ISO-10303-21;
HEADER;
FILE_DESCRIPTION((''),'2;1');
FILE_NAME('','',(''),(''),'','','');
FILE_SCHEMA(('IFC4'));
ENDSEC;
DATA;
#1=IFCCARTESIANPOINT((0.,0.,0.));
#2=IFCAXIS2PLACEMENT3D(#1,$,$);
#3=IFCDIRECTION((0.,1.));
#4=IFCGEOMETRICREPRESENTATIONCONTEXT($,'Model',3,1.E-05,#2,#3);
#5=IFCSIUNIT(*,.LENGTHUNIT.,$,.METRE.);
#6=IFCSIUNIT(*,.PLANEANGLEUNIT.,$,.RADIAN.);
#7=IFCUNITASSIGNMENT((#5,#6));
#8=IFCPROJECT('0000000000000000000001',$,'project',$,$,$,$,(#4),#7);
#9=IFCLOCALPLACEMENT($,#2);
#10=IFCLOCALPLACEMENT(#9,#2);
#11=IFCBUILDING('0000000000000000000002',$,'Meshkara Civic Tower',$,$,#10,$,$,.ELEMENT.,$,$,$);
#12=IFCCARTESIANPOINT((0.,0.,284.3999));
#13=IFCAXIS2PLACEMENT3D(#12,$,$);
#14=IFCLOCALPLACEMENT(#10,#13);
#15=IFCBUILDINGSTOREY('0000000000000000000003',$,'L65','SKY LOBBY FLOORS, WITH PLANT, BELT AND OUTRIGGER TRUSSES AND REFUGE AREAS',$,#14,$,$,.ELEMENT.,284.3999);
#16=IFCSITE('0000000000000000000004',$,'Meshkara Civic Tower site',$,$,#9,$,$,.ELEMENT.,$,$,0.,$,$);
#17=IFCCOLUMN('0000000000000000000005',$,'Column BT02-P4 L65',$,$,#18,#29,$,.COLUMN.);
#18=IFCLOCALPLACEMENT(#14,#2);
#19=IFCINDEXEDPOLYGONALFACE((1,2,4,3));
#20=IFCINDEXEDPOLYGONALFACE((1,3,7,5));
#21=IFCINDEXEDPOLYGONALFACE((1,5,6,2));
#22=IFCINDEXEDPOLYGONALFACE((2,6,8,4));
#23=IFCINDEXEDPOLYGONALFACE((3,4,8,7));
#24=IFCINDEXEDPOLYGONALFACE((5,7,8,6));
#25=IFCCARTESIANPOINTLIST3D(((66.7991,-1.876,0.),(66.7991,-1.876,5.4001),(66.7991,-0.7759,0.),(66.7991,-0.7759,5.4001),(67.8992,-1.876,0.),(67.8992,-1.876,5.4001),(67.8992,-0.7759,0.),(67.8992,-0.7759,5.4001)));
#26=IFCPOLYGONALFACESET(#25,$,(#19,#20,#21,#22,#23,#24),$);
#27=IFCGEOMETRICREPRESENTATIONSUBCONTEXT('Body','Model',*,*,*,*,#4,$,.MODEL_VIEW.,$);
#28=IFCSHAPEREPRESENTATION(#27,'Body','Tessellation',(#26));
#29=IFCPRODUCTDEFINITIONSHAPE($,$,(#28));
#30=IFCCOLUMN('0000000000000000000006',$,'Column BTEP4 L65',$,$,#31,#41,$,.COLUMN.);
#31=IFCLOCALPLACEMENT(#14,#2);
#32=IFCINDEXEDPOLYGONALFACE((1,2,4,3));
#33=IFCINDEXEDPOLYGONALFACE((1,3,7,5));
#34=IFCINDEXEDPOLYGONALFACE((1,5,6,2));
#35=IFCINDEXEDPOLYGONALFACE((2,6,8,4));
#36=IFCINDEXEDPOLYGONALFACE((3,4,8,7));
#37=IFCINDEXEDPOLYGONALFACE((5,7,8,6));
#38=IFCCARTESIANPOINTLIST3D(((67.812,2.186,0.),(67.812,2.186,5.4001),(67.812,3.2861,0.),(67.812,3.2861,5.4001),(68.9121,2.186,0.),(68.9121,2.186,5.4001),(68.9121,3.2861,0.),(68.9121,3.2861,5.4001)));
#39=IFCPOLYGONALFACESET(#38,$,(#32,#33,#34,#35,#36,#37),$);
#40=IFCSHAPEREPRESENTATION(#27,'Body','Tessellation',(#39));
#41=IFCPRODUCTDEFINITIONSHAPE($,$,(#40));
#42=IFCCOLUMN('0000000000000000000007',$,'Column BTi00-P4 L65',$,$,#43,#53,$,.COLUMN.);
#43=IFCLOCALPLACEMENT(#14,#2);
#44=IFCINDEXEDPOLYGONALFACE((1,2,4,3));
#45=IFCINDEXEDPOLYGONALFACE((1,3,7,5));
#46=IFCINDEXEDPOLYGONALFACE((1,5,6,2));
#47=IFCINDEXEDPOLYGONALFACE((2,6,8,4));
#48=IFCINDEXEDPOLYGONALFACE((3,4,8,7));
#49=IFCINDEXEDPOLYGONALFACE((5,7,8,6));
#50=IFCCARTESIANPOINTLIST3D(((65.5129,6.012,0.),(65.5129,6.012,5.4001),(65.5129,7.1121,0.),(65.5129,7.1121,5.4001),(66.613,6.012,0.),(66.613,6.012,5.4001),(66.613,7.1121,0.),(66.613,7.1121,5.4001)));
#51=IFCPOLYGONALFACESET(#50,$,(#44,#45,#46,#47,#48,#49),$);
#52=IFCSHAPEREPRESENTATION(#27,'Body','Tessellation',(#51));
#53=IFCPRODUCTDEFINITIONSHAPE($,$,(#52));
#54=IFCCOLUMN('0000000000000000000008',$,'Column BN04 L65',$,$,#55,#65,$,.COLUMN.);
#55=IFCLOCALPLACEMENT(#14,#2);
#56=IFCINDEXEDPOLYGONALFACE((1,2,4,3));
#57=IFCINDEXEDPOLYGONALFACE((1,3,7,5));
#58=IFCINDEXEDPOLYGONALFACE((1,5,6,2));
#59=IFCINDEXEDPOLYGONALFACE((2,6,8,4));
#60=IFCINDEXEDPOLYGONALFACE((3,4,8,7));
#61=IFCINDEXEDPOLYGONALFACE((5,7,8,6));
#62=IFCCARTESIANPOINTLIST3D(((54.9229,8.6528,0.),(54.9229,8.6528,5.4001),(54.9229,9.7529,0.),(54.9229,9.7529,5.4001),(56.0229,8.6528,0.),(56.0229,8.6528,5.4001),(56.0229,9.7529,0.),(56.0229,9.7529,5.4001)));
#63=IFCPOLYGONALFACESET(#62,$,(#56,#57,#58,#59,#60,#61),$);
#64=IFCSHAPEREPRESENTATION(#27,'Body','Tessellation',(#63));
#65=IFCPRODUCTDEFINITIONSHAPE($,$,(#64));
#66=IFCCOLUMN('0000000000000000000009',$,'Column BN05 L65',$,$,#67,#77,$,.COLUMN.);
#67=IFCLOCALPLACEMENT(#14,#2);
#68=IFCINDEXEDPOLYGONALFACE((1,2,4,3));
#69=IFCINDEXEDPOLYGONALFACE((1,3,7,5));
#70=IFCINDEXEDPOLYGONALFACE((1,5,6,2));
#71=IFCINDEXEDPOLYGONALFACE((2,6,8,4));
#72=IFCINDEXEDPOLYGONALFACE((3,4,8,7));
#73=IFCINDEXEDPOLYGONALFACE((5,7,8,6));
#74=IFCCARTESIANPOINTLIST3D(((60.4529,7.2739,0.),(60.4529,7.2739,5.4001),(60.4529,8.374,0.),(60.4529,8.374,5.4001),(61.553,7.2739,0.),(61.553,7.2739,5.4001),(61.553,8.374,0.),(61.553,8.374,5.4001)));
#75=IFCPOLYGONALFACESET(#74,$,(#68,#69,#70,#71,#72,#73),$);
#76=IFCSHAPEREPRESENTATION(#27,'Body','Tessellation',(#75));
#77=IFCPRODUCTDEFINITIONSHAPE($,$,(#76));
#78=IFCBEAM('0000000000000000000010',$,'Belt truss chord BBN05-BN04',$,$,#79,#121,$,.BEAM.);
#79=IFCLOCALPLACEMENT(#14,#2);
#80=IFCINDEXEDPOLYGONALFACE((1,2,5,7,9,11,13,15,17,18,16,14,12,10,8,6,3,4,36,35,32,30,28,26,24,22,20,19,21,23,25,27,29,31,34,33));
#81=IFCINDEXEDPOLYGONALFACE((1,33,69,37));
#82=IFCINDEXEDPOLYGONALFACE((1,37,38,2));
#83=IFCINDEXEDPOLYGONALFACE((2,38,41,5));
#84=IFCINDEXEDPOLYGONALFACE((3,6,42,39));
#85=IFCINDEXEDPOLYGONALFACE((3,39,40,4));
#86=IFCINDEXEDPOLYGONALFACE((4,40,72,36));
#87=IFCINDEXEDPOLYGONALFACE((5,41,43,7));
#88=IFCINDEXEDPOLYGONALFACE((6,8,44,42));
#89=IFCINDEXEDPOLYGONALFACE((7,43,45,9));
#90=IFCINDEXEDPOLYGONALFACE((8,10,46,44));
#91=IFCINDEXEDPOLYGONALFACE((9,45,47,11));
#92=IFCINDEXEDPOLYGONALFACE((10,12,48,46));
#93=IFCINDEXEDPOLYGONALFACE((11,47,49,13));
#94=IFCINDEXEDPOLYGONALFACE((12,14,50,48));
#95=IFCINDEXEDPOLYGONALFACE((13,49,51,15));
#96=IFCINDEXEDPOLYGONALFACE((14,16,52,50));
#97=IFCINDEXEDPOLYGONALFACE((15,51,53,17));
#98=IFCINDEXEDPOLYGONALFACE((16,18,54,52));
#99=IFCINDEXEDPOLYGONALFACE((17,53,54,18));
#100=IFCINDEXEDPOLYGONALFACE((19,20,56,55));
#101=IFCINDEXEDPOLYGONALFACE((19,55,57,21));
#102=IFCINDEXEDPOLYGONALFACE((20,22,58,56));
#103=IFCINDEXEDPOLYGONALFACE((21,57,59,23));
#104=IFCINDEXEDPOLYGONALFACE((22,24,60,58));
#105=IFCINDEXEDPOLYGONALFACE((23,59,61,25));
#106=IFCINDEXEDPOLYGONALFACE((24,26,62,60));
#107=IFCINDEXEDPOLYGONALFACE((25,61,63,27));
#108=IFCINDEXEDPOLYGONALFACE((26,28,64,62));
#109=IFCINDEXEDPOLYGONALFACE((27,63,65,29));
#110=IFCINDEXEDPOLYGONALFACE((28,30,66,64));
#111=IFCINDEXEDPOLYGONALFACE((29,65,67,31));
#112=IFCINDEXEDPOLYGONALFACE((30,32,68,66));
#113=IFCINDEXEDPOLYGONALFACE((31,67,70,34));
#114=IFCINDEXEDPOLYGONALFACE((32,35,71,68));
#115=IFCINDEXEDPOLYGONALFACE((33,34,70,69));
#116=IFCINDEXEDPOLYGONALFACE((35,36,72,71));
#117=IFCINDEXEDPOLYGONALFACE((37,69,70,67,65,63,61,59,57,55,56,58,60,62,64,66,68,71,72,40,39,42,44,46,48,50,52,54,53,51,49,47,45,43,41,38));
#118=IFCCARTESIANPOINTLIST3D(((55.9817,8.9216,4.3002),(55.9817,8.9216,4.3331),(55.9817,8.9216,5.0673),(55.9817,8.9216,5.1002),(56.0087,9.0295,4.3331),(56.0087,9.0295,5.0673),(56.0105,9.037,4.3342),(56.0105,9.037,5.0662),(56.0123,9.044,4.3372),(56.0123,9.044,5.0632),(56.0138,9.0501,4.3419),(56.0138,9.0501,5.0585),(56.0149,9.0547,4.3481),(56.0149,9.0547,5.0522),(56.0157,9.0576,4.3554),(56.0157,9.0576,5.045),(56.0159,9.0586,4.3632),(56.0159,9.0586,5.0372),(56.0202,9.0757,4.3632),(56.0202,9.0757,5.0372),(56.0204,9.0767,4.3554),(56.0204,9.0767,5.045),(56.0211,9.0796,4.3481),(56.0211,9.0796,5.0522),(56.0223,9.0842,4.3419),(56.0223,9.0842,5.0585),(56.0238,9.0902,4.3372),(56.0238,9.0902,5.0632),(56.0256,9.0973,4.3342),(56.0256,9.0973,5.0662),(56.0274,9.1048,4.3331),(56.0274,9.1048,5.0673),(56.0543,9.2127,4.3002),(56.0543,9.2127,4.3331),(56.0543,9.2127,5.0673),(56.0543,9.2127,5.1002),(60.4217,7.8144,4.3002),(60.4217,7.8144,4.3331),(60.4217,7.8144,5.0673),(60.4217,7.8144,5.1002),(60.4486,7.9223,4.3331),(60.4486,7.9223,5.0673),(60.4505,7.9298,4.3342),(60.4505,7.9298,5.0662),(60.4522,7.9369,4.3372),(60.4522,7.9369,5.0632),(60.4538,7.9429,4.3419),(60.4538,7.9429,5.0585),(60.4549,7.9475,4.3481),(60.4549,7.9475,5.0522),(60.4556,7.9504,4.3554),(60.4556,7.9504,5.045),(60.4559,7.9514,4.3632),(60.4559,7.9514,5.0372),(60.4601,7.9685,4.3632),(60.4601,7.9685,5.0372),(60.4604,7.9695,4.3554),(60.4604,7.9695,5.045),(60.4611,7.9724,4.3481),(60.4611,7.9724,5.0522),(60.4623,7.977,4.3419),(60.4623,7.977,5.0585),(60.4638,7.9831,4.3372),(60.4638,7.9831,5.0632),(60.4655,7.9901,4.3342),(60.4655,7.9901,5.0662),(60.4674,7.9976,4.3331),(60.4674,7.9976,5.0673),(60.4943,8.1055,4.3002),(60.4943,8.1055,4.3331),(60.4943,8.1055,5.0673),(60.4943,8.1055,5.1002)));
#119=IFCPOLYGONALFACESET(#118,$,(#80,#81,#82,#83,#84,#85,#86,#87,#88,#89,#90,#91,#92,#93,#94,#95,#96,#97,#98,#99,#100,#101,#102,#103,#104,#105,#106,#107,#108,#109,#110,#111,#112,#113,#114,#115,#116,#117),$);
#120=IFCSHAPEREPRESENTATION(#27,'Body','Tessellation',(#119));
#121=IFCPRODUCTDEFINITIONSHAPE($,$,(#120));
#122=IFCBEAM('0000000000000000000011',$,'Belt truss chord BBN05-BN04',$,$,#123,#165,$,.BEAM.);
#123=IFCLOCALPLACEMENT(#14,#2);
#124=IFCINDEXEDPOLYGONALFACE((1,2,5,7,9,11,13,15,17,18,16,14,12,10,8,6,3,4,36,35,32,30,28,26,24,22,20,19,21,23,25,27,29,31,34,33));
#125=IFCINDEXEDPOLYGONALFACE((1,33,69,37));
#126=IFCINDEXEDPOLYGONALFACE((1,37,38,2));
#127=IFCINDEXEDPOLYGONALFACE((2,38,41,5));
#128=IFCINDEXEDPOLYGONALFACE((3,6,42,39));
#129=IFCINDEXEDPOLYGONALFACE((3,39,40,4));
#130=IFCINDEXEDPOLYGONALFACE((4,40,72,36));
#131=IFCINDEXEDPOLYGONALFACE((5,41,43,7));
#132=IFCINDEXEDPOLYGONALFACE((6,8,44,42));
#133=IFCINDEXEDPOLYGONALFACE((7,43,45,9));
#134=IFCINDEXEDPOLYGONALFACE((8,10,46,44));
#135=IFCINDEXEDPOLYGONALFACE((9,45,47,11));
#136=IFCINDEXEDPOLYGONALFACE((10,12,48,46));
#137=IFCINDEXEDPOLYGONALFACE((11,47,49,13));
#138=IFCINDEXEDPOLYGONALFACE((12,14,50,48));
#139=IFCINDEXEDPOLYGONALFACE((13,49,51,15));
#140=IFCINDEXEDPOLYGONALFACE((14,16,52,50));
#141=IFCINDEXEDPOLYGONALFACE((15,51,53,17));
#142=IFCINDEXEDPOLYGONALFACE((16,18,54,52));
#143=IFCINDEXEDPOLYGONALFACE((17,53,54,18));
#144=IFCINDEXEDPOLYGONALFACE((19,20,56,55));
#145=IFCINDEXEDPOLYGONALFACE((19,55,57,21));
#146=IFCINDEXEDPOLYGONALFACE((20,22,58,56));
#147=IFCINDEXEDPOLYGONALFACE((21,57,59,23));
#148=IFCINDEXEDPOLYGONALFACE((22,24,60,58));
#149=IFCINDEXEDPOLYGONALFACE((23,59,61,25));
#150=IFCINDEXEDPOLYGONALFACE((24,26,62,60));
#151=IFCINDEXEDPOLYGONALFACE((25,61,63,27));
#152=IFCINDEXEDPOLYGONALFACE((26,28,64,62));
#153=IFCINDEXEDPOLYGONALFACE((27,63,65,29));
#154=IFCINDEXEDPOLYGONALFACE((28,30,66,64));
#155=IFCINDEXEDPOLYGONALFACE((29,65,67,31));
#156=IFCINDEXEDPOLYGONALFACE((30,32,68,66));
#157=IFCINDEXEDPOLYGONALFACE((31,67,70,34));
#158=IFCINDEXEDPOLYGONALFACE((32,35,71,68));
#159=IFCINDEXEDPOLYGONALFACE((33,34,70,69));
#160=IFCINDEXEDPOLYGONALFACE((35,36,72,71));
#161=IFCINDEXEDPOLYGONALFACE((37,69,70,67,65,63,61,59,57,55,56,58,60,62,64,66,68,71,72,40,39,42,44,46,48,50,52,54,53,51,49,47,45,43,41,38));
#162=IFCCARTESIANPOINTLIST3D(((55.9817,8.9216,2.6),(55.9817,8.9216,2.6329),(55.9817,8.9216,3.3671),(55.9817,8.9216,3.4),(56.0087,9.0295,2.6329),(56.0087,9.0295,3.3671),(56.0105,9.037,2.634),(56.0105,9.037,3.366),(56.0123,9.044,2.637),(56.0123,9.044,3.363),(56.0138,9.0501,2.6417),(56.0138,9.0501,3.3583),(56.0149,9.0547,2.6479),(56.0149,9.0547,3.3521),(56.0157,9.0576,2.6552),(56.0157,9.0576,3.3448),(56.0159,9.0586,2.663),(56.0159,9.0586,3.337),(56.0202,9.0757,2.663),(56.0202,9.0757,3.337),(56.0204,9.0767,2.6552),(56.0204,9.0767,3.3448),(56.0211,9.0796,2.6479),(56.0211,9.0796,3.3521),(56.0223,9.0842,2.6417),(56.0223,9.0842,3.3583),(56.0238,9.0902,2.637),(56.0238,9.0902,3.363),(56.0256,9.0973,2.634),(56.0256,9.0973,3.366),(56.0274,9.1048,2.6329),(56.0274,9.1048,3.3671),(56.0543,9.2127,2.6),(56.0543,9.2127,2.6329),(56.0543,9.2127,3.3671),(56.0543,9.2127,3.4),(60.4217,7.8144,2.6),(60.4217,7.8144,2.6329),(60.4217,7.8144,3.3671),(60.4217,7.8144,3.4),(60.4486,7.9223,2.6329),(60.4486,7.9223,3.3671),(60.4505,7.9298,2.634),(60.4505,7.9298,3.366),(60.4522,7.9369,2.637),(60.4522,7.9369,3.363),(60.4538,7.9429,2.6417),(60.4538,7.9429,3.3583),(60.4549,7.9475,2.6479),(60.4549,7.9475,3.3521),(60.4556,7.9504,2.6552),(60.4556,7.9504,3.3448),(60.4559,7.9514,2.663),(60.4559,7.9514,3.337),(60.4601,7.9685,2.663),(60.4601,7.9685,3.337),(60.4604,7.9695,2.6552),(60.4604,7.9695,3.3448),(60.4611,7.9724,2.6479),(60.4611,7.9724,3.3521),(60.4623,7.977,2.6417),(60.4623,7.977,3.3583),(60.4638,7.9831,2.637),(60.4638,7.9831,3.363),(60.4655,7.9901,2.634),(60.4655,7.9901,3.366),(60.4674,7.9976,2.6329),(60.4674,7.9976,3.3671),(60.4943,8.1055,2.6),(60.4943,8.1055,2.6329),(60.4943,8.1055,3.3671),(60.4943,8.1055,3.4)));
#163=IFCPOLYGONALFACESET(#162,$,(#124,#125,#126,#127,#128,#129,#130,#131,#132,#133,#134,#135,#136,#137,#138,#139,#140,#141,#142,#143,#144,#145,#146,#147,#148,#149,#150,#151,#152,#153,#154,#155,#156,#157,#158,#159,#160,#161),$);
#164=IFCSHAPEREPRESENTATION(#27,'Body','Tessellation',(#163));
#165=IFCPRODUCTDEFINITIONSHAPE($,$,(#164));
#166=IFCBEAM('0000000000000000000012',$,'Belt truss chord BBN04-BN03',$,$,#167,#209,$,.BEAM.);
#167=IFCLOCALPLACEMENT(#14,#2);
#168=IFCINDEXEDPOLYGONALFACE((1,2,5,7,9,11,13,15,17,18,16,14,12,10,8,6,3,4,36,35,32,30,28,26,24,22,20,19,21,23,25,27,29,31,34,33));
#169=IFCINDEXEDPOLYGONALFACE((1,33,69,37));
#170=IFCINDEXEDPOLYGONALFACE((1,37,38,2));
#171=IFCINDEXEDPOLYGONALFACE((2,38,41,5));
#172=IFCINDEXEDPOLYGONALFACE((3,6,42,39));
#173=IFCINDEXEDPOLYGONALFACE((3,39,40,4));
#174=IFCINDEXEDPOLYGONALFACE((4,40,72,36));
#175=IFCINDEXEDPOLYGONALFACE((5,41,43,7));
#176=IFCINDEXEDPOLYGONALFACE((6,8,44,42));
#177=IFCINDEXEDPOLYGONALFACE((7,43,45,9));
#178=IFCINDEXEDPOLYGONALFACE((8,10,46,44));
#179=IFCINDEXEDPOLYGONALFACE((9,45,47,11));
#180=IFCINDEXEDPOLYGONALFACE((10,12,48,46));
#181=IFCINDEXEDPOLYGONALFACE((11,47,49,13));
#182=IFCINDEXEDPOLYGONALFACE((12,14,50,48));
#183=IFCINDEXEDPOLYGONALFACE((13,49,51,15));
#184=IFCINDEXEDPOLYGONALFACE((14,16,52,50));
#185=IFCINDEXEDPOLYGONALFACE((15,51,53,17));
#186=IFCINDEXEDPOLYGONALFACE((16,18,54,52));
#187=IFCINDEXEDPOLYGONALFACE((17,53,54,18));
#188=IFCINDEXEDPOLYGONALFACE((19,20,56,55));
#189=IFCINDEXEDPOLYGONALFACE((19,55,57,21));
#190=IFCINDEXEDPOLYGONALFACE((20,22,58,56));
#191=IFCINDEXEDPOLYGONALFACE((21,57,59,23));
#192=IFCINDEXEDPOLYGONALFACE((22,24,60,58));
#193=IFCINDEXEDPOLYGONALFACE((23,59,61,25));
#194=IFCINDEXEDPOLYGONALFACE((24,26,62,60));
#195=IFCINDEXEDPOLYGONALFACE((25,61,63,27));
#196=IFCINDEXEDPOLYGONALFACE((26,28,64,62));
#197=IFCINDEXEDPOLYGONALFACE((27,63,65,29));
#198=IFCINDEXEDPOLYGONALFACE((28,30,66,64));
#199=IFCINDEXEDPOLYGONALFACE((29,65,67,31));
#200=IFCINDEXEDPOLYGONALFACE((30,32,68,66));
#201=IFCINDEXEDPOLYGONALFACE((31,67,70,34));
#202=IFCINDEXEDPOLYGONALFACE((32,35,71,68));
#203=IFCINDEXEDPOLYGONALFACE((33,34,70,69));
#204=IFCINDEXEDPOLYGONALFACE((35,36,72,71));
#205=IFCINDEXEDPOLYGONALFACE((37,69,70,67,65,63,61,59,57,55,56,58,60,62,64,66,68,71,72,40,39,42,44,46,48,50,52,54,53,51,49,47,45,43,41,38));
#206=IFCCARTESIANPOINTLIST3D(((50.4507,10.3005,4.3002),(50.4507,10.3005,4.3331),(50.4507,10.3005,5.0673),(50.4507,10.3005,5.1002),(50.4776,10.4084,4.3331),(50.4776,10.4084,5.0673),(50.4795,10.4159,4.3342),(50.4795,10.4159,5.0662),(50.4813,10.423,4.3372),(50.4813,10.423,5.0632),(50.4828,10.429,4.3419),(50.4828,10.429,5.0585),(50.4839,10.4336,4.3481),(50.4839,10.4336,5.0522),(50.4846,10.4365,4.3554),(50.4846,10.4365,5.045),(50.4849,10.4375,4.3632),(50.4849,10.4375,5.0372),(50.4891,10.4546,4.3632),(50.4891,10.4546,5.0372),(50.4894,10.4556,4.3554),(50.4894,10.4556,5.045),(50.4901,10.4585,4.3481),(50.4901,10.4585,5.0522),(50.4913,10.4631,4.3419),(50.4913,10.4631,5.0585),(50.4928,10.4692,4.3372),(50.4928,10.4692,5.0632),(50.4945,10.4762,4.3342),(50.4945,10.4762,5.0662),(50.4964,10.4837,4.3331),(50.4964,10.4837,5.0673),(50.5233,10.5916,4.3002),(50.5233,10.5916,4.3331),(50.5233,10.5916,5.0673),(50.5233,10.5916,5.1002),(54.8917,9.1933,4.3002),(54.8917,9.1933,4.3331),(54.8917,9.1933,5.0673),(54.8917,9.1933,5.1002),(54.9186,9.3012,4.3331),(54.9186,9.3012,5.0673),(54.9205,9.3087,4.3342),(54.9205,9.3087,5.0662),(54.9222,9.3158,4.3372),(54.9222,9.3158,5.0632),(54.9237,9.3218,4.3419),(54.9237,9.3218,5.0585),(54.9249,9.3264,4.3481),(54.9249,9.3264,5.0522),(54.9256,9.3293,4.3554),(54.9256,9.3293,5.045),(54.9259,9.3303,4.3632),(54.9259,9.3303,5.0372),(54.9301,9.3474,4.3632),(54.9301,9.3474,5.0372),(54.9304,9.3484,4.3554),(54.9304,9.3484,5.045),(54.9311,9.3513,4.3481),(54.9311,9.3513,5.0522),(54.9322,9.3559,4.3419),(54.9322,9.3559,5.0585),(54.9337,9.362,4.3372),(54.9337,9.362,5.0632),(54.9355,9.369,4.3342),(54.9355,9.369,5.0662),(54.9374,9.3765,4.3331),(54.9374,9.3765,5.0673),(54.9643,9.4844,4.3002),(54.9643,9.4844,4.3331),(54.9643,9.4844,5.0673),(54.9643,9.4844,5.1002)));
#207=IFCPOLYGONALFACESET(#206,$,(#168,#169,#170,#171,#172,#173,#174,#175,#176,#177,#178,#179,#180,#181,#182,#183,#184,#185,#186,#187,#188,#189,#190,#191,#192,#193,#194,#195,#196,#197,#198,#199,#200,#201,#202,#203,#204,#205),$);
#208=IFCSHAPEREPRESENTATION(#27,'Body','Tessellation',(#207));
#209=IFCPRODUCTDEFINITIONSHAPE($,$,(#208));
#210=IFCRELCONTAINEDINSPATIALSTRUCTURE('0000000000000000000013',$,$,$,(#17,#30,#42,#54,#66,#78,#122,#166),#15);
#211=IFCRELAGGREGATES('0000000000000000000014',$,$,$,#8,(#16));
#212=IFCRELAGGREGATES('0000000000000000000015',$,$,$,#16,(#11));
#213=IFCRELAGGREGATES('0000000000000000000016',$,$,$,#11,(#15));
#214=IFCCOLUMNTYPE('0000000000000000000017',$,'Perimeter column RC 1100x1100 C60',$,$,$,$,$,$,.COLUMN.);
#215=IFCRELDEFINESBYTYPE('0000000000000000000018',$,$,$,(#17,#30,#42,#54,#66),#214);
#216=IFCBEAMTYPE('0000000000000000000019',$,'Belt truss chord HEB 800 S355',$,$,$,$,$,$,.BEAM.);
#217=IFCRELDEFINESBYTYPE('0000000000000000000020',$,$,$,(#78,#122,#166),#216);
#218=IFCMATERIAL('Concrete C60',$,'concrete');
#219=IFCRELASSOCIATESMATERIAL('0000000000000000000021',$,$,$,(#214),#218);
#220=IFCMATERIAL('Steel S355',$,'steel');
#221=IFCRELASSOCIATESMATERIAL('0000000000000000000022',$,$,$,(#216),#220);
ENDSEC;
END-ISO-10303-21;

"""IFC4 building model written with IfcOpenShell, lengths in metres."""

from ifc_helpers import new_model, si_unit, direction, frame, origin, origin_2d, place, context, subcontext, project, spatial, rectangle, i_section, extrude, material, material_profile, profile_set, type_object, element, save


model = new_model("IFC4")

# Units and contexts
model_context = context("Model", 3, precision=1e-05, world=origin(), true_north=direction((0.0, 1.0)))
body_context = subcontext(model_context, "Body", "Model", "MODEL_VIEW")
ifc_project = project(units=[si_unit("LENGTHUNIT", "METRE"), si_unit("PLANEANGLEUNIT", "RADIAN")], contexts=[model_context])

# Site, building, storey
site_placement = place(None, origin())
site = spatial("IfcSite", under=ifc_project, at=site_placement, Name="Meshkara Civic Tower site", CompositionType="ELEMENT", RefElevation=0.0)
building_placement = place(site_placement, origin())
building = spatial("IfcBuilding", under=site, at=building_placement, Name="Meshkara Civic Tower", CompositionType="ELEMENT")
storey_placement = place(building_placement, frame((0.0, 0.0, 284.3999)))
storey = spatial("IfcBuildingStorey", under=building, at=storey_placement, Name="L65", Description="SKY LOBBY FLOORS, WITH PLANT, BELT AND OUTRIGGER TRUSSES AND REFUGE AREAS", CompositionType="ELEMENT", Elevation=284.3999)

# Columns
ifc_material_1 = material(Name="Concrete C60", Category="concrete")
ifc_material_profile_1 = material_profile(ifc_material_1, rectangle(XDim=1.1001, YDim=1.1001, at=origin_2d()))
ifc_profile_set_1 = profile_set([ifc_material_profile_1], Name="Concrete C60")
column_type = type_object("IfcColumnType", Name="Perimeter column RC 1100x1100 C60", PredefinedType="COLUMN", material=ifc_profile_set_1)
for number, where, z_axis, x_axis, name in (
    (1, (67.3491, -1.3259, 0.0), (0.0, 0.0, 1.0), (1.0, 0.0, 0.0), "Column BT02-P4 L65"),
    (2, (68.3621, 2.7361, 0.0), (0.0, 0.0, 1.0), (1.0, 0.0, 0.0), "Column BTEP4 L65"),
    (3, (66.063, 6.562, 0.0), (0.0, 0.0, 1.0), (1.0, 0.0, 0.0), "Column BTi00-P4 L65"),
    (4, (55.4729, 9.2029, 0.0), (0.0, 0.0, 1.0), (1.0, 0.0, 0.0), "Column BN04 L65"),
    (5, (61.0029, 7.824, 0.0), (0.0, 0.0, 1.0), (1.0, 0.0, 0.0), "Column BN05 L65"),
):
    element("IfcColumn", number, at=place(storey_placement, frame(where, z_axis=z_axis, x_axis=x_axis)), inside=storey, type_object=column_type, Name=name, PredefinedType="COLUMN", context=body_context, shape_type="SweptSolid", body=[
        extrude(rectangle(XDim=1.1001, YDim=1.1001, at=origin_2d()), origin(), (0.0, 0.0, 1.0), 5.4001),
    ])

# Beams
ifc_material_2 = material(Name="Steel S355", Category="steel")
ifc_material_profile_2 = material_profile(ifc_material_2, i_section(OverallWidth=0.3, OverallDepth=0.8, WebThickness=0.0176, FlangeThickness=0.033, FilletRadius=0.03, at=origin_2d()))
ifc_profile_set_2 = profile_set([ifc_material_profile_2], Name="Steel S355")
beam_type = type_object("IfcBeamType", Name="Belt truss chord HEB 800 S355", PredefinedType="BEAM", material=ifc_profile_set_2)
for number, where, z_axis, x_axis, name in (
    (6, (60.458, 7.96, 4.7002), (-0.970287, 0.241958, 0.0), (-0.241958, -0.970287, 0.0), "Belt truss chord BBN05-BN04"),
    (7, (60.458, 7.96, 3.0), (-0.970287, 0.241958, 0.0), (-0.241958, -0.970287, 0.0), "Belt truss chord BBN05-BN04"),
):
    element("IfcBeam", number, at=place(storey_placement, frame(where, z_axis=z_axis, x_axis=x_axis)), inside=storey, type_object=beam_type, Name=name, PredefinedType="BEAM", context=body_context, shape_type="SweptSolid", body=[
        extrude(i_section(OverallWidth=0.3, OverallDepth=0.8, WebThickness=0.0176, FlangeThickness=0.033, FilletRadius=0.03, at=origin_2d()), origin(), (0.0, 0.0, 1.0), 4.5759),
    ])
for number, where, z_axis, x_axis, name in (
    (8, (54.928, 9.3389, 4.7002), (-0.970299, 0.241908, 0.0), (-0.241908, -0.970299, 0.0), "Belt truss chord BBN04-BN03"),
):
    element("IfcBeam", number, at=place(storey_placement, frame(where, z_axis=z_axis, x_axis=x_axis)), inside=storey, type_object=beam_type, Name=name, PredefinedType="BEAM", context=body_context, shape_type="SweptSolid", body=[
        extrude(i_section(OverallWidth=0.3, OverallDepth=0.8, WebThickness=0.0176, FlangeThickness=0.033, FilletRadius=0.03, at=origin_2d()), origin(), (0.0, 0.0, 1.0), 4.5769),
    ])

save(model, "model.ifc")
